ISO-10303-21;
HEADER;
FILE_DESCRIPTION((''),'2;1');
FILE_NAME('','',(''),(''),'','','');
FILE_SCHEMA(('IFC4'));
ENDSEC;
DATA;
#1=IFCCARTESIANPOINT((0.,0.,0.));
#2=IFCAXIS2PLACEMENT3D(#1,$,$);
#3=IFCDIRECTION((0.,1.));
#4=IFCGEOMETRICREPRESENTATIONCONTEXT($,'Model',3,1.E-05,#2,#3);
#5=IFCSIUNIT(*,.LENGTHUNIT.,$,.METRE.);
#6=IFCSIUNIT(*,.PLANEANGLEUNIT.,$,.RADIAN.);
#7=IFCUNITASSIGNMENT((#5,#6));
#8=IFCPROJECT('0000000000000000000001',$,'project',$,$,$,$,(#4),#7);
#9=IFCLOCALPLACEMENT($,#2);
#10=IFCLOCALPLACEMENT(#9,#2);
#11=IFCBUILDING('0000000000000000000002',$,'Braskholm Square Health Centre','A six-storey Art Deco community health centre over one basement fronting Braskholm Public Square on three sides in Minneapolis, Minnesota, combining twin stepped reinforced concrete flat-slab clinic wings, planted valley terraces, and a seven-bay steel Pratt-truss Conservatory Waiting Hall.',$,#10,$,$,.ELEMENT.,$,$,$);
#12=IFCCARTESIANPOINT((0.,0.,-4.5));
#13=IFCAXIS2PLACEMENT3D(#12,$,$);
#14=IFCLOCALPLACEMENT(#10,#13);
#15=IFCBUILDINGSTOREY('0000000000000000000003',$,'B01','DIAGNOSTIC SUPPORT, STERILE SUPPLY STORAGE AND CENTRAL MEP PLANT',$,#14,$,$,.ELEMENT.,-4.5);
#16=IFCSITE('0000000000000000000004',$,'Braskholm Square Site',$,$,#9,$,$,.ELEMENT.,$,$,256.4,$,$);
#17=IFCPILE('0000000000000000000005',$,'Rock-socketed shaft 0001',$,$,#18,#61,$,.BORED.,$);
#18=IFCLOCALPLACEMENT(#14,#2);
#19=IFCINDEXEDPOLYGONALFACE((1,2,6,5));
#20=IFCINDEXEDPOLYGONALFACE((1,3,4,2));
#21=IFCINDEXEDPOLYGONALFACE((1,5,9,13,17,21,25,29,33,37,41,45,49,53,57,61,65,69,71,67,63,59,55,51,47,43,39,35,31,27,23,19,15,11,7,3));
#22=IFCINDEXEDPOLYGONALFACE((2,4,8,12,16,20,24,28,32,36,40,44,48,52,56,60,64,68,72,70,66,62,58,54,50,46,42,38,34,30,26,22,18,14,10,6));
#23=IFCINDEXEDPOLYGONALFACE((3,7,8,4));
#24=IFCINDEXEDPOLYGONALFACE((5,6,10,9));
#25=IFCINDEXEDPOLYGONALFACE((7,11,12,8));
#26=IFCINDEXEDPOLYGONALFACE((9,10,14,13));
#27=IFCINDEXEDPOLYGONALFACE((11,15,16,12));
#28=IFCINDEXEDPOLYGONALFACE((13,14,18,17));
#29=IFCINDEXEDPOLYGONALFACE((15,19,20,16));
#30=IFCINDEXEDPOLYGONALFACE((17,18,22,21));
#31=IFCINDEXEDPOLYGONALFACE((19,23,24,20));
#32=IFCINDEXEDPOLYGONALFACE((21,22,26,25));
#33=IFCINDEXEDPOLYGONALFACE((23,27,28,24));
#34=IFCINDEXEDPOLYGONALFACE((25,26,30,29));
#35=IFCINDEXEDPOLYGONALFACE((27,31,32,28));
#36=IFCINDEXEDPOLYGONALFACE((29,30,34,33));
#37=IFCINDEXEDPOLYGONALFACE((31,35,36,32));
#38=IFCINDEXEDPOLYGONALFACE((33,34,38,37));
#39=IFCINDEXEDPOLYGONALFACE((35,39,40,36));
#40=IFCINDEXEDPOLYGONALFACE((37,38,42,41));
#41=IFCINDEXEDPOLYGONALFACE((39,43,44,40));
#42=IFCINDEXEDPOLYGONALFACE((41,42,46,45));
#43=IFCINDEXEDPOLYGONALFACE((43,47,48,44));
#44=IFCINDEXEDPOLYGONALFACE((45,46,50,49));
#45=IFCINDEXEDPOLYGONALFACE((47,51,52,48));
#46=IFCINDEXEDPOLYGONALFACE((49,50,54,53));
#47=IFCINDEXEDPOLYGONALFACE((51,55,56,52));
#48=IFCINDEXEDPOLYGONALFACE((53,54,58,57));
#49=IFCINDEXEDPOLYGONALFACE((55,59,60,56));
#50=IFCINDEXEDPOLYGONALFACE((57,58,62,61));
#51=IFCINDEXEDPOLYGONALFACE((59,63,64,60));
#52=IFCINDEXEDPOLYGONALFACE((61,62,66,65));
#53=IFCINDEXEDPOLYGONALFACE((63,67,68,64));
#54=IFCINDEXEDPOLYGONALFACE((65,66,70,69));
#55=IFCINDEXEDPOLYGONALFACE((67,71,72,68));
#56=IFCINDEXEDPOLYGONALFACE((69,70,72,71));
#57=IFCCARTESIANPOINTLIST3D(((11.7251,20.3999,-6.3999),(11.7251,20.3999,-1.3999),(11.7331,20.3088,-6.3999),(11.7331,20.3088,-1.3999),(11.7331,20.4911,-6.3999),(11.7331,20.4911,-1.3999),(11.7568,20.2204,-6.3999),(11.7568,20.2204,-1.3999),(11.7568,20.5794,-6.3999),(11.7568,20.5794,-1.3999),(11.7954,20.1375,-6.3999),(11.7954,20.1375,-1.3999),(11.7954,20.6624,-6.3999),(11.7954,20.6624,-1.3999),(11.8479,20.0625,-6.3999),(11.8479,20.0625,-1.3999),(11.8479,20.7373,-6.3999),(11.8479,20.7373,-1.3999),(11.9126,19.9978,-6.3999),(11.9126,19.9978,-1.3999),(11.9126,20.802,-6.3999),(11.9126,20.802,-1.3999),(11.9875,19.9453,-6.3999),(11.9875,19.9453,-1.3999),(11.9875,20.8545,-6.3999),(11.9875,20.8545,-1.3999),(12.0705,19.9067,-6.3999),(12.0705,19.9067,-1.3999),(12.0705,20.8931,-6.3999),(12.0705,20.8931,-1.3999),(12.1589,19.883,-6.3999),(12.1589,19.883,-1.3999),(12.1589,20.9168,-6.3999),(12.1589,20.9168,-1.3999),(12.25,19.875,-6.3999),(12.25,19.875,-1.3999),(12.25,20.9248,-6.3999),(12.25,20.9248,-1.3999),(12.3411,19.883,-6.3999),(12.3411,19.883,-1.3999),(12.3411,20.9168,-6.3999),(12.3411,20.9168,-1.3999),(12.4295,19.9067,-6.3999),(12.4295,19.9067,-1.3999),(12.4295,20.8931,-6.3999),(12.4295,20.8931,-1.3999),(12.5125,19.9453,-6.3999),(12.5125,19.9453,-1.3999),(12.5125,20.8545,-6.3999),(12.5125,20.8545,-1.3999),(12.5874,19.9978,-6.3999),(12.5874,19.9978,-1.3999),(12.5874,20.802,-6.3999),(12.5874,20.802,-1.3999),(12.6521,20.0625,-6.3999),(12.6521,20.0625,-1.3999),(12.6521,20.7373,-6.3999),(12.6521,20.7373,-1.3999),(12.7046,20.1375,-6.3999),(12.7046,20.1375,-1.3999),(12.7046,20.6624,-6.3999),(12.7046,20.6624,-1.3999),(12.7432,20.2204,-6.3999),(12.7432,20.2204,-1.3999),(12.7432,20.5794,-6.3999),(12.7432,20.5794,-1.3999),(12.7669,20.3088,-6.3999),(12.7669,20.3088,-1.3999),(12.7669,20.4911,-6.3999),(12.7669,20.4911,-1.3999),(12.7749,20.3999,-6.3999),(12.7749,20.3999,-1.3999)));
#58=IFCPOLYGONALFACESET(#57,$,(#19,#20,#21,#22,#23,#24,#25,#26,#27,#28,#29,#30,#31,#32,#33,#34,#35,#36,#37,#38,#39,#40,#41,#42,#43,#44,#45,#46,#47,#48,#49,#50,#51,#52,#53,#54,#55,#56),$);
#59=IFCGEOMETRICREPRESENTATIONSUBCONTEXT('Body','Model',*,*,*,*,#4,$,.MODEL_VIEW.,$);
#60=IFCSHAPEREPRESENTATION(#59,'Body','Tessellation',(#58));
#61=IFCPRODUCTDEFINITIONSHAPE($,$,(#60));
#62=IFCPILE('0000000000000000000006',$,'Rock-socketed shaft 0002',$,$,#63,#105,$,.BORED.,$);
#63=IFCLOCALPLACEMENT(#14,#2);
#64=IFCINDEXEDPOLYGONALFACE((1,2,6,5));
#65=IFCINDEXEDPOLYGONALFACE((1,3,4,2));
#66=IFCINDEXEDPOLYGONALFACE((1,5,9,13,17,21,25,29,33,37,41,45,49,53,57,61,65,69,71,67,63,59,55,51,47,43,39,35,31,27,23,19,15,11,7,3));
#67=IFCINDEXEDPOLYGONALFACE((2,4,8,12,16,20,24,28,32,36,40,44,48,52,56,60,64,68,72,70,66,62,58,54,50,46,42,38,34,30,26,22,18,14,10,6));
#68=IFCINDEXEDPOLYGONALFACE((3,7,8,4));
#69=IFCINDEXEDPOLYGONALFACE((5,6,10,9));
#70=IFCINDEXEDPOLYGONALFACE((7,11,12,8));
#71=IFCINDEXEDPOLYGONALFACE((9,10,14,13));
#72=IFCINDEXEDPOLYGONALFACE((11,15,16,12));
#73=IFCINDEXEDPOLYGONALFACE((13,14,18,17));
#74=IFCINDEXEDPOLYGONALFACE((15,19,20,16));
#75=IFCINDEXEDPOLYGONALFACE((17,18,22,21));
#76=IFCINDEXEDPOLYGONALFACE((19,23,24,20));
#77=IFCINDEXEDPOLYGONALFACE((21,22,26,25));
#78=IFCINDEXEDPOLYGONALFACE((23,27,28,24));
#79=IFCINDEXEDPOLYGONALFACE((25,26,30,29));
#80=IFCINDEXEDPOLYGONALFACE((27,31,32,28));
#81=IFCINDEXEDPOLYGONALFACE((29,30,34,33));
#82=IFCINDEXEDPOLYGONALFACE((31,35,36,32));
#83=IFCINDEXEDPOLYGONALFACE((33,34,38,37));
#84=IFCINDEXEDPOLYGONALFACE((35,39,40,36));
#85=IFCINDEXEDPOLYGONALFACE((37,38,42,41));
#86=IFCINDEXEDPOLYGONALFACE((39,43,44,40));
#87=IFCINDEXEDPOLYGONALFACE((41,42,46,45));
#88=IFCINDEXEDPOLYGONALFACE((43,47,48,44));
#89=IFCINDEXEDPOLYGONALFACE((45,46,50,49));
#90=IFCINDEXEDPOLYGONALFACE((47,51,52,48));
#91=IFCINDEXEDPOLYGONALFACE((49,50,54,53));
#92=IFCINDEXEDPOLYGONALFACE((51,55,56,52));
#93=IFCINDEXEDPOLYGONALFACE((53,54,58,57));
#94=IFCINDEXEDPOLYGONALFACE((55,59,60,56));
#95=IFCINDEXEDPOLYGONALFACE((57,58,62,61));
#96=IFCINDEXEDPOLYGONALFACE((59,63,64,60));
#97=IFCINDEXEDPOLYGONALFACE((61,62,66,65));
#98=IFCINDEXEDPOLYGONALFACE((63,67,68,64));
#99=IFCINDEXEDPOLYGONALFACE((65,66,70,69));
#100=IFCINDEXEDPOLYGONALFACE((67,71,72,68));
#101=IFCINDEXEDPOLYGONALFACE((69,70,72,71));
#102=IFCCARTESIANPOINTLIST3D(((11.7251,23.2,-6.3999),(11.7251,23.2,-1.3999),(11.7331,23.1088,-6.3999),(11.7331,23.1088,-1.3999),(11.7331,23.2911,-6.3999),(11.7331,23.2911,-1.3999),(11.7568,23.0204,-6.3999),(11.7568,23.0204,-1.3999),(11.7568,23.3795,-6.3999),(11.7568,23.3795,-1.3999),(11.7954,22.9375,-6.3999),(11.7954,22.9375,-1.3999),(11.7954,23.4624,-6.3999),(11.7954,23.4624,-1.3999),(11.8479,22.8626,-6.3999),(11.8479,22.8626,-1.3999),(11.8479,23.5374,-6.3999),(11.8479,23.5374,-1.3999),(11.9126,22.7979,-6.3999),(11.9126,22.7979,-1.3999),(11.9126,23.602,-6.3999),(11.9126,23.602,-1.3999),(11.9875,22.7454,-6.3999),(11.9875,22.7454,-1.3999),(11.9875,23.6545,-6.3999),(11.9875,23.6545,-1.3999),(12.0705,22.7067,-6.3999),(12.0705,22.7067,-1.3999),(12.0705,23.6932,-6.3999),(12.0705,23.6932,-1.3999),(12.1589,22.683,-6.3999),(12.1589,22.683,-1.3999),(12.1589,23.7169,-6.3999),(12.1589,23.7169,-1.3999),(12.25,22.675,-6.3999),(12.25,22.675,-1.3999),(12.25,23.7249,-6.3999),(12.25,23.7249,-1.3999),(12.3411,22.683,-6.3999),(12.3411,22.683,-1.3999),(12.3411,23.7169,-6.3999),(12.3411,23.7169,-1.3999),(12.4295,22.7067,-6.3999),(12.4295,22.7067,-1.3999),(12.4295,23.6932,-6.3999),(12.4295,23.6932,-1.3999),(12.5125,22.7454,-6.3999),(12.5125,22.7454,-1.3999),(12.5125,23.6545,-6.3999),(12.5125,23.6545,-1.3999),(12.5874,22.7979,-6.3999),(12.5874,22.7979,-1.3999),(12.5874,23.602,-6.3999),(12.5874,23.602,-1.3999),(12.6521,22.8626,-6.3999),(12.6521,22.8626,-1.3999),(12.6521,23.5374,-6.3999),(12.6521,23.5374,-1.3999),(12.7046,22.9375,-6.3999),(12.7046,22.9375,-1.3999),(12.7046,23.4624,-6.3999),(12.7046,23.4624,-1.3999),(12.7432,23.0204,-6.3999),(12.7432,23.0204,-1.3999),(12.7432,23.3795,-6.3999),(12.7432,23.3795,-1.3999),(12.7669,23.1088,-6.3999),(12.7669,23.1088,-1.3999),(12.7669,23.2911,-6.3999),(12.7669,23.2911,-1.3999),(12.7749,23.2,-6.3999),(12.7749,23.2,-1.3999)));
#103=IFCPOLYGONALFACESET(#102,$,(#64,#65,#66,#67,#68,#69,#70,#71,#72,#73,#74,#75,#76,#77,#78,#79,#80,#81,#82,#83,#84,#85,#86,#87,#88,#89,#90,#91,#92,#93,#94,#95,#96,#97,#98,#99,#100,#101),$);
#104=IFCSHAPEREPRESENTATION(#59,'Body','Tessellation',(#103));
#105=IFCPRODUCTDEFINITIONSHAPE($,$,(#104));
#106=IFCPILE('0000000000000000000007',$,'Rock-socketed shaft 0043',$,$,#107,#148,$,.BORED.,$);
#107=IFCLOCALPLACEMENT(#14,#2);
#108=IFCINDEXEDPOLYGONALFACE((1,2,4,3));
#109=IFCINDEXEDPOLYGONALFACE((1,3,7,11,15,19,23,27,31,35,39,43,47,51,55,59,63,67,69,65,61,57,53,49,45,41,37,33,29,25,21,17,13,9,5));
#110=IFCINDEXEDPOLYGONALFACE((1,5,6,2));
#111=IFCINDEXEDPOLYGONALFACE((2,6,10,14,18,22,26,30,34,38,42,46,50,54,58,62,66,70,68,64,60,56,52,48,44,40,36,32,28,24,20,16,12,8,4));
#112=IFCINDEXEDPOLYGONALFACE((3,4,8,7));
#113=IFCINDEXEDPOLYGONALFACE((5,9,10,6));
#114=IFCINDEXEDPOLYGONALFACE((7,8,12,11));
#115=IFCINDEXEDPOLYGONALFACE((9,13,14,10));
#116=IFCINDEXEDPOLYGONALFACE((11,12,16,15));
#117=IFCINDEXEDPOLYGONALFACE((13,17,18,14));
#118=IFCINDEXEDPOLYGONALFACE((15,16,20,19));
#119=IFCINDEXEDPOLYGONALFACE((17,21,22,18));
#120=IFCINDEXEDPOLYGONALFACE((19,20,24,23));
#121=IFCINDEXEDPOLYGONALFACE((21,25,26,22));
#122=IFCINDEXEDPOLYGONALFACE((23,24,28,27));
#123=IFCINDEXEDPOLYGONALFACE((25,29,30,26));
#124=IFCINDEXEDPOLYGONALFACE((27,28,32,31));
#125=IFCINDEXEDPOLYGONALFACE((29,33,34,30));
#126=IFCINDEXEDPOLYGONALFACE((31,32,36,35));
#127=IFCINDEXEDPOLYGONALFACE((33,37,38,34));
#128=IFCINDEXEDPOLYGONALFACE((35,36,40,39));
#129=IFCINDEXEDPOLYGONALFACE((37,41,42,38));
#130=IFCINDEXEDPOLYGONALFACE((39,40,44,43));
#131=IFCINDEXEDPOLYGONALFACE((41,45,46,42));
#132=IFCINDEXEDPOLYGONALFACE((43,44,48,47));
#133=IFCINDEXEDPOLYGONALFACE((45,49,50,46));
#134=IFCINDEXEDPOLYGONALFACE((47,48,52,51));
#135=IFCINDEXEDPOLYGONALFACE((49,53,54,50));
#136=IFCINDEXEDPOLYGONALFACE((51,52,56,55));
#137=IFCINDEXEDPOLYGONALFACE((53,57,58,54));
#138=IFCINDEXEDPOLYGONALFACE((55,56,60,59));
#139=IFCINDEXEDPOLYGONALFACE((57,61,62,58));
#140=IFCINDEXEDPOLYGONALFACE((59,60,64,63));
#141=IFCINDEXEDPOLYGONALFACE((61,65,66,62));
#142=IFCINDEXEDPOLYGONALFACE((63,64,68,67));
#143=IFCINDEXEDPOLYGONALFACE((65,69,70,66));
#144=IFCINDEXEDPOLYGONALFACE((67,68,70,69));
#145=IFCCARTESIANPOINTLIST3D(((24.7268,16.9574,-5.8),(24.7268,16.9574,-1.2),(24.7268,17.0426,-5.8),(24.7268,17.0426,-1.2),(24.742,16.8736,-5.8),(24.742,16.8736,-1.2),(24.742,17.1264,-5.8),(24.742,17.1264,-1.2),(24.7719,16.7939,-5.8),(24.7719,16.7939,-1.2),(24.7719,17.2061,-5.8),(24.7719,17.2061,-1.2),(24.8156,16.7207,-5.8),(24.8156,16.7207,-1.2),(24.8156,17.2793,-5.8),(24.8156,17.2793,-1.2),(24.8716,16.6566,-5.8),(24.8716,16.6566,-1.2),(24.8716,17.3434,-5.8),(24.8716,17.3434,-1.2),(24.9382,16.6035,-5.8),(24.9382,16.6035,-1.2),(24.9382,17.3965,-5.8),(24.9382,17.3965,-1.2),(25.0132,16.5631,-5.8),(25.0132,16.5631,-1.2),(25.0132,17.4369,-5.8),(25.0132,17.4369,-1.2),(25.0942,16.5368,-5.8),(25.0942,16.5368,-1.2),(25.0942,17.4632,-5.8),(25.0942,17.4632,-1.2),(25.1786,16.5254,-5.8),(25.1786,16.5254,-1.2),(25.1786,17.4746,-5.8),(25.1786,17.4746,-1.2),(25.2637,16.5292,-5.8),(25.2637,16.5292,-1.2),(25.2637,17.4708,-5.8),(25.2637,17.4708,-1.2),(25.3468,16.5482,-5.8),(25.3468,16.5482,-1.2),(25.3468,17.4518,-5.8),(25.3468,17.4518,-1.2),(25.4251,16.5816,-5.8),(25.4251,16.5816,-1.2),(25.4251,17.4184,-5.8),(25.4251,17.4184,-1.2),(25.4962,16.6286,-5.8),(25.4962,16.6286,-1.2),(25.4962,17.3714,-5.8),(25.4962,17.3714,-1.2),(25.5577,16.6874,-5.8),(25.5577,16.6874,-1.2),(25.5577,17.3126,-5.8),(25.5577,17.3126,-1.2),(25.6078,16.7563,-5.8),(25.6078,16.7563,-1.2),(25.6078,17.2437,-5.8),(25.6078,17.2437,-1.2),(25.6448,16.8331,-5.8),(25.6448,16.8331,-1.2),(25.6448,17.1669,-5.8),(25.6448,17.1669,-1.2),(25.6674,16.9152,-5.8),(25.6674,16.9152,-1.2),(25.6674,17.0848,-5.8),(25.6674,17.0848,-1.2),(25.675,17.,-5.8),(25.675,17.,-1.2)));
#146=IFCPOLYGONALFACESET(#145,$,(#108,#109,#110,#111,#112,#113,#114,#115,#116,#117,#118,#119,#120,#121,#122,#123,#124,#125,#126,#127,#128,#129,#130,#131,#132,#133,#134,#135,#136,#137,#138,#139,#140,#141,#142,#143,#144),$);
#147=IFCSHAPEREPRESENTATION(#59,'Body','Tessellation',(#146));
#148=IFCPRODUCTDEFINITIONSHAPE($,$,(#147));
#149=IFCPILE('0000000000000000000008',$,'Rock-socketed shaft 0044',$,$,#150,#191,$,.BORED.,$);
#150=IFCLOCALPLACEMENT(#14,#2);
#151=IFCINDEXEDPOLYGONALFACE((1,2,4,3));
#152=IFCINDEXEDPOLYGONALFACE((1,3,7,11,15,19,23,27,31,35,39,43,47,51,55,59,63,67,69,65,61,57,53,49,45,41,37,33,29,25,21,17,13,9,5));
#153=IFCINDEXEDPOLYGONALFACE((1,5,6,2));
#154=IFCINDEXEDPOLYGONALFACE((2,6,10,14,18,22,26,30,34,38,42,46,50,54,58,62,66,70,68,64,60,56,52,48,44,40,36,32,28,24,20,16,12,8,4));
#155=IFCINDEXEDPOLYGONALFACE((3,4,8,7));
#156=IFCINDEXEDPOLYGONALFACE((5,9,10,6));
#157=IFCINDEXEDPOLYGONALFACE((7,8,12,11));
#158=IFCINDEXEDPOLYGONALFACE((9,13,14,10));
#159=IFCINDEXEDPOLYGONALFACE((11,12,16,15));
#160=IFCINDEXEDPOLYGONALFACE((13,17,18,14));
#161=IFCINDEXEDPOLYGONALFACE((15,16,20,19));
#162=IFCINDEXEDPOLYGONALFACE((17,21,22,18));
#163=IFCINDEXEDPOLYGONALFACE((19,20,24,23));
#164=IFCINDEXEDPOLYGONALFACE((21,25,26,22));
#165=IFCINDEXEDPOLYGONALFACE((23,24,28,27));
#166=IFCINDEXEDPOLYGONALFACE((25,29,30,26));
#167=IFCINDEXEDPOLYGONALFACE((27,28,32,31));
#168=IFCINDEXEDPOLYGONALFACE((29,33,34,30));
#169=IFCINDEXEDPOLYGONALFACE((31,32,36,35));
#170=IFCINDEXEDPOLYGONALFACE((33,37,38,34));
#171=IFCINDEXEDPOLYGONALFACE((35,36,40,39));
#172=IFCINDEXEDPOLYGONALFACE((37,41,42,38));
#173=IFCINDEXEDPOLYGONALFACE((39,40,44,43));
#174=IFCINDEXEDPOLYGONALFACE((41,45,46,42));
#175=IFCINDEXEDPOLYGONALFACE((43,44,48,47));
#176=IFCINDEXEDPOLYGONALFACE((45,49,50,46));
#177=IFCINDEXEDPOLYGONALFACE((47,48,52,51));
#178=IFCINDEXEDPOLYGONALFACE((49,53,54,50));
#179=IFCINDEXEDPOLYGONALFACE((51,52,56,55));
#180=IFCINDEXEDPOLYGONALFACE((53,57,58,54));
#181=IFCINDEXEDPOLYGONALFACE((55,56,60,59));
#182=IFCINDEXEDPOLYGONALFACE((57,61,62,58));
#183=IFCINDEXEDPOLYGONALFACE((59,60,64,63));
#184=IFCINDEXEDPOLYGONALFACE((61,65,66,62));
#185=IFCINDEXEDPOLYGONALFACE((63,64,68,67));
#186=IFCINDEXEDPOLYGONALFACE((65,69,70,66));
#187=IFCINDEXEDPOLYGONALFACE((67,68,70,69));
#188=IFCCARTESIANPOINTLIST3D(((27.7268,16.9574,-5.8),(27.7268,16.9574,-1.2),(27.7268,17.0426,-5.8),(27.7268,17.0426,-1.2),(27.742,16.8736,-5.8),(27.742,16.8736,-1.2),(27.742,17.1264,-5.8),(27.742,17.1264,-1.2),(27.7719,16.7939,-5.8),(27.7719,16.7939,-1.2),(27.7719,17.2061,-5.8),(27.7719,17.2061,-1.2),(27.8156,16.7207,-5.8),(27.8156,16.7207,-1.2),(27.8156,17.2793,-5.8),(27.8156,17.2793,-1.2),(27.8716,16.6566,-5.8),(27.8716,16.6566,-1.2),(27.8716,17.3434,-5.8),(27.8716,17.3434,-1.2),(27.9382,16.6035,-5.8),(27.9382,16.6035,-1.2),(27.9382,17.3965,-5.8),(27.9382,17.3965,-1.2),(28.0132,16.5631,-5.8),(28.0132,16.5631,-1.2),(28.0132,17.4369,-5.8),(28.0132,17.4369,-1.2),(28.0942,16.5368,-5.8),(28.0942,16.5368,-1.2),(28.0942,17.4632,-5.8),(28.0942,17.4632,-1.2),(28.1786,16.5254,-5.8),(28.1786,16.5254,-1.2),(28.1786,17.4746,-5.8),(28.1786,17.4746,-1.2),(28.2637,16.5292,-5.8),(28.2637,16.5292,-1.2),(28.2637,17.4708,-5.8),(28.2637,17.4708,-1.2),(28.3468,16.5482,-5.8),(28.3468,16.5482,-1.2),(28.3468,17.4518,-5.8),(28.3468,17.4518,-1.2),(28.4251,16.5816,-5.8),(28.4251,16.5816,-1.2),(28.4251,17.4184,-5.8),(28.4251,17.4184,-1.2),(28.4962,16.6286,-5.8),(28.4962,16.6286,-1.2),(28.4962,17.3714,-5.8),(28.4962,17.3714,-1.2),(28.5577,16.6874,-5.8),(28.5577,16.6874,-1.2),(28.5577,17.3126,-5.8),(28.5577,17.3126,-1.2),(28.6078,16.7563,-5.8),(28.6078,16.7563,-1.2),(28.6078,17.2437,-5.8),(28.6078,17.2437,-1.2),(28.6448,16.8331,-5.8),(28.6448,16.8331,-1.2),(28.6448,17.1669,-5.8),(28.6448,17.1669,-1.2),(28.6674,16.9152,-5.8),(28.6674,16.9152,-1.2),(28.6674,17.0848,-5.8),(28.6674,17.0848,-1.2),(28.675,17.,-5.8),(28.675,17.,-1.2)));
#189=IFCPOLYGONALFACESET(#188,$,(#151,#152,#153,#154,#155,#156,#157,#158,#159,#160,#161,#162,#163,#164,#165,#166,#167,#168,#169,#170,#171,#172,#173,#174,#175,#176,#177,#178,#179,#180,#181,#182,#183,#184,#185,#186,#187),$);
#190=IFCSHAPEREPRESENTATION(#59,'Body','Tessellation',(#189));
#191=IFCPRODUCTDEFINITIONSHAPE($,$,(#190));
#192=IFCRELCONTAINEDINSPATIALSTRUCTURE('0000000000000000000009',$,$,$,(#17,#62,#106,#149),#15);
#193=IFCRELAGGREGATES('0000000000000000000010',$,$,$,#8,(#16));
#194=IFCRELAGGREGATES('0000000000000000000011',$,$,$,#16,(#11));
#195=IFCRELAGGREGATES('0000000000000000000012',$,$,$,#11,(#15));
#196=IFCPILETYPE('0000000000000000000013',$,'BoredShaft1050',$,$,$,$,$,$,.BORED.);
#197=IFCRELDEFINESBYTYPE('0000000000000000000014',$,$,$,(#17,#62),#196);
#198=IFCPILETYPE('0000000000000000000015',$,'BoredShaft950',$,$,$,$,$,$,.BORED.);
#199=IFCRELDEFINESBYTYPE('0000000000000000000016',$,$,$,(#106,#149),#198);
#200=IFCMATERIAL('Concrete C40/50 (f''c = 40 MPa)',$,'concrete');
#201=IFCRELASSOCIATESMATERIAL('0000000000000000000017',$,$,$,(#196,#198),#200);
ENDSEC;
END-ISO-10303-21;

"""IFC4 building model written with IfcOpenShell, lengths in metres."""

from ifc_helpers import new_model, si_unit, direction, frame, origin, origin_2d, place, context, subcontext, project, spatial, circle, extrude, material, material_profile, profile_set, type_object, element, save


model = new_model("IFC4")

# Units and contexts
model_context = context("Model", 3, precision=1e-05, world=origin(), true_north=direction((0.0, 1.0)))
body_context = subcontext(model_context, "Body", "Model", "MODEL_VIEW")
ifc_project = project(units=[si_unit("LENGTHUNIT", "METRE"), si_unit("PLANEANGLEUNIT", "RADIAN")], contexts=[model_context])

# Site, building, storey
site_placement = place(None, origin())
site = spatial("IfcSite", under=ifc_project, at=site_placement, Name="Braskholm Square Site", CompositionType="ELEMENT", RefElevation=256.4)
building_placement = place(site_placement, origin())
building = spatial("IfcBuilding", under=site, at=building_placement, Name="Braskholm Square Health Centre", Description="A six-storey Art Deco community health centre over one basement fronting Braskholm Public Square on three sides in Minneapolis, Minnesota, combining twin stepped reinforced concrete flat-slab clinic wings, planted valley terraces, and a seven-bay steel Pratt-truss Conservatory Waiting Hall.", CompositionType="ELEMENT")
storey_placement = place(building_placement, frame((0.0, 0.0, -4.5)))
storey = spatial("IfcBuildingStorey", under=building, at=storey_placement, Name="B01", Description="DIAGNOSTIC SUPPORT, STERILE SUPPLY STORAGE AND CENTRAL MEP PLANT", CompositionType="ELEMENT", Elevation=-4.5)

# Piles
ifc_material_1 = material(Name="Concrete C40/50 (f'c = 40 MPa)", Category="concrete")
ifc_material_profile_1 = material_profile(ifc_material_1, circle(Radius=0.5249, at=origin_2d()), Name="BORED-PILE-1050")
ifc_profile_set_1 = profile_set([ifc_material_profile_1], Name="Concrete C40/50 (f'c = 40 MPa)")
pile_type_1 = type_object("IfcPileType", Name="BoredShaft1050", PredefinedType="BORED", material=ifc_profile_set_1)
for number, where, z_axis, x_axis, name in (
    (1, (12.25, 20.3999, -1.3999), (0.0, 0.0, -1.0), (1.0, 0.0, 0.0), "Rock-socketed shaft 0001"),
    (2, (12.25, 23.2, -1.3999), (0.0, 0.0, -1.0), (1.0, 0.0, 0.0), "Rock-socketed shaft 0002"),
):
    element("IfcPile", number, at=place(storey_placement, frame(where, z_axis=z_axis, x_axis=x_axis)), inside=storey, type_object=pile_type_1, Name=name, PredefinedType="BORED", context=body_context, shape_type="SweptSolid", body=[
        extrude(circle(Radius=0.5249, at=origin_2d()), origin(), (0.0, 0.0, 1.0), 5.0),
    ])
ifc_material_profile_2 = material_profile(ifc_material_1, circle(Radius=0.4751, at=origin_2d()), Name="BORED-PILE-950")
ifc_profile_set_2 = profile_set([ifc_material_profile_2], Name="Concrete C40/50 (f'c = 40 MPa)")
pile_type_2 = type_object("IfcPileType", Name="BoredShaft950", PredefinedType="BORED", material=ifc_profile_set_2)
for number, where, z_axis, x_axis, name in (
    (3, (25.2, 17.0, -1.2), (0.0, 0.0, -1.0), (1.0, 0.0, 0.0), "Rock-socketed shaft 0043"),
    (4, (28.2, 17.0, -1.2), (0.0, 0.0, -1.0), (1.0, 0.0, 0.0), "Rock-socketed shaft 0044"),
):
    element("IfcPile", number, at=place(storey_placement, frame(where, z_axis=z_axis, x_axis=x_axis)), inside=storey, type_object=pile_type_2, Name=name, PredefinedType="BORED", context=body_context, shape_type="SweptSolid", body=[
        extrude(circle(Radius=0.4751, at=origin_2d()), origin(), (0.0, 0.0, 1.0), 4.6001),
    ])

save(model, "model.ifc")
